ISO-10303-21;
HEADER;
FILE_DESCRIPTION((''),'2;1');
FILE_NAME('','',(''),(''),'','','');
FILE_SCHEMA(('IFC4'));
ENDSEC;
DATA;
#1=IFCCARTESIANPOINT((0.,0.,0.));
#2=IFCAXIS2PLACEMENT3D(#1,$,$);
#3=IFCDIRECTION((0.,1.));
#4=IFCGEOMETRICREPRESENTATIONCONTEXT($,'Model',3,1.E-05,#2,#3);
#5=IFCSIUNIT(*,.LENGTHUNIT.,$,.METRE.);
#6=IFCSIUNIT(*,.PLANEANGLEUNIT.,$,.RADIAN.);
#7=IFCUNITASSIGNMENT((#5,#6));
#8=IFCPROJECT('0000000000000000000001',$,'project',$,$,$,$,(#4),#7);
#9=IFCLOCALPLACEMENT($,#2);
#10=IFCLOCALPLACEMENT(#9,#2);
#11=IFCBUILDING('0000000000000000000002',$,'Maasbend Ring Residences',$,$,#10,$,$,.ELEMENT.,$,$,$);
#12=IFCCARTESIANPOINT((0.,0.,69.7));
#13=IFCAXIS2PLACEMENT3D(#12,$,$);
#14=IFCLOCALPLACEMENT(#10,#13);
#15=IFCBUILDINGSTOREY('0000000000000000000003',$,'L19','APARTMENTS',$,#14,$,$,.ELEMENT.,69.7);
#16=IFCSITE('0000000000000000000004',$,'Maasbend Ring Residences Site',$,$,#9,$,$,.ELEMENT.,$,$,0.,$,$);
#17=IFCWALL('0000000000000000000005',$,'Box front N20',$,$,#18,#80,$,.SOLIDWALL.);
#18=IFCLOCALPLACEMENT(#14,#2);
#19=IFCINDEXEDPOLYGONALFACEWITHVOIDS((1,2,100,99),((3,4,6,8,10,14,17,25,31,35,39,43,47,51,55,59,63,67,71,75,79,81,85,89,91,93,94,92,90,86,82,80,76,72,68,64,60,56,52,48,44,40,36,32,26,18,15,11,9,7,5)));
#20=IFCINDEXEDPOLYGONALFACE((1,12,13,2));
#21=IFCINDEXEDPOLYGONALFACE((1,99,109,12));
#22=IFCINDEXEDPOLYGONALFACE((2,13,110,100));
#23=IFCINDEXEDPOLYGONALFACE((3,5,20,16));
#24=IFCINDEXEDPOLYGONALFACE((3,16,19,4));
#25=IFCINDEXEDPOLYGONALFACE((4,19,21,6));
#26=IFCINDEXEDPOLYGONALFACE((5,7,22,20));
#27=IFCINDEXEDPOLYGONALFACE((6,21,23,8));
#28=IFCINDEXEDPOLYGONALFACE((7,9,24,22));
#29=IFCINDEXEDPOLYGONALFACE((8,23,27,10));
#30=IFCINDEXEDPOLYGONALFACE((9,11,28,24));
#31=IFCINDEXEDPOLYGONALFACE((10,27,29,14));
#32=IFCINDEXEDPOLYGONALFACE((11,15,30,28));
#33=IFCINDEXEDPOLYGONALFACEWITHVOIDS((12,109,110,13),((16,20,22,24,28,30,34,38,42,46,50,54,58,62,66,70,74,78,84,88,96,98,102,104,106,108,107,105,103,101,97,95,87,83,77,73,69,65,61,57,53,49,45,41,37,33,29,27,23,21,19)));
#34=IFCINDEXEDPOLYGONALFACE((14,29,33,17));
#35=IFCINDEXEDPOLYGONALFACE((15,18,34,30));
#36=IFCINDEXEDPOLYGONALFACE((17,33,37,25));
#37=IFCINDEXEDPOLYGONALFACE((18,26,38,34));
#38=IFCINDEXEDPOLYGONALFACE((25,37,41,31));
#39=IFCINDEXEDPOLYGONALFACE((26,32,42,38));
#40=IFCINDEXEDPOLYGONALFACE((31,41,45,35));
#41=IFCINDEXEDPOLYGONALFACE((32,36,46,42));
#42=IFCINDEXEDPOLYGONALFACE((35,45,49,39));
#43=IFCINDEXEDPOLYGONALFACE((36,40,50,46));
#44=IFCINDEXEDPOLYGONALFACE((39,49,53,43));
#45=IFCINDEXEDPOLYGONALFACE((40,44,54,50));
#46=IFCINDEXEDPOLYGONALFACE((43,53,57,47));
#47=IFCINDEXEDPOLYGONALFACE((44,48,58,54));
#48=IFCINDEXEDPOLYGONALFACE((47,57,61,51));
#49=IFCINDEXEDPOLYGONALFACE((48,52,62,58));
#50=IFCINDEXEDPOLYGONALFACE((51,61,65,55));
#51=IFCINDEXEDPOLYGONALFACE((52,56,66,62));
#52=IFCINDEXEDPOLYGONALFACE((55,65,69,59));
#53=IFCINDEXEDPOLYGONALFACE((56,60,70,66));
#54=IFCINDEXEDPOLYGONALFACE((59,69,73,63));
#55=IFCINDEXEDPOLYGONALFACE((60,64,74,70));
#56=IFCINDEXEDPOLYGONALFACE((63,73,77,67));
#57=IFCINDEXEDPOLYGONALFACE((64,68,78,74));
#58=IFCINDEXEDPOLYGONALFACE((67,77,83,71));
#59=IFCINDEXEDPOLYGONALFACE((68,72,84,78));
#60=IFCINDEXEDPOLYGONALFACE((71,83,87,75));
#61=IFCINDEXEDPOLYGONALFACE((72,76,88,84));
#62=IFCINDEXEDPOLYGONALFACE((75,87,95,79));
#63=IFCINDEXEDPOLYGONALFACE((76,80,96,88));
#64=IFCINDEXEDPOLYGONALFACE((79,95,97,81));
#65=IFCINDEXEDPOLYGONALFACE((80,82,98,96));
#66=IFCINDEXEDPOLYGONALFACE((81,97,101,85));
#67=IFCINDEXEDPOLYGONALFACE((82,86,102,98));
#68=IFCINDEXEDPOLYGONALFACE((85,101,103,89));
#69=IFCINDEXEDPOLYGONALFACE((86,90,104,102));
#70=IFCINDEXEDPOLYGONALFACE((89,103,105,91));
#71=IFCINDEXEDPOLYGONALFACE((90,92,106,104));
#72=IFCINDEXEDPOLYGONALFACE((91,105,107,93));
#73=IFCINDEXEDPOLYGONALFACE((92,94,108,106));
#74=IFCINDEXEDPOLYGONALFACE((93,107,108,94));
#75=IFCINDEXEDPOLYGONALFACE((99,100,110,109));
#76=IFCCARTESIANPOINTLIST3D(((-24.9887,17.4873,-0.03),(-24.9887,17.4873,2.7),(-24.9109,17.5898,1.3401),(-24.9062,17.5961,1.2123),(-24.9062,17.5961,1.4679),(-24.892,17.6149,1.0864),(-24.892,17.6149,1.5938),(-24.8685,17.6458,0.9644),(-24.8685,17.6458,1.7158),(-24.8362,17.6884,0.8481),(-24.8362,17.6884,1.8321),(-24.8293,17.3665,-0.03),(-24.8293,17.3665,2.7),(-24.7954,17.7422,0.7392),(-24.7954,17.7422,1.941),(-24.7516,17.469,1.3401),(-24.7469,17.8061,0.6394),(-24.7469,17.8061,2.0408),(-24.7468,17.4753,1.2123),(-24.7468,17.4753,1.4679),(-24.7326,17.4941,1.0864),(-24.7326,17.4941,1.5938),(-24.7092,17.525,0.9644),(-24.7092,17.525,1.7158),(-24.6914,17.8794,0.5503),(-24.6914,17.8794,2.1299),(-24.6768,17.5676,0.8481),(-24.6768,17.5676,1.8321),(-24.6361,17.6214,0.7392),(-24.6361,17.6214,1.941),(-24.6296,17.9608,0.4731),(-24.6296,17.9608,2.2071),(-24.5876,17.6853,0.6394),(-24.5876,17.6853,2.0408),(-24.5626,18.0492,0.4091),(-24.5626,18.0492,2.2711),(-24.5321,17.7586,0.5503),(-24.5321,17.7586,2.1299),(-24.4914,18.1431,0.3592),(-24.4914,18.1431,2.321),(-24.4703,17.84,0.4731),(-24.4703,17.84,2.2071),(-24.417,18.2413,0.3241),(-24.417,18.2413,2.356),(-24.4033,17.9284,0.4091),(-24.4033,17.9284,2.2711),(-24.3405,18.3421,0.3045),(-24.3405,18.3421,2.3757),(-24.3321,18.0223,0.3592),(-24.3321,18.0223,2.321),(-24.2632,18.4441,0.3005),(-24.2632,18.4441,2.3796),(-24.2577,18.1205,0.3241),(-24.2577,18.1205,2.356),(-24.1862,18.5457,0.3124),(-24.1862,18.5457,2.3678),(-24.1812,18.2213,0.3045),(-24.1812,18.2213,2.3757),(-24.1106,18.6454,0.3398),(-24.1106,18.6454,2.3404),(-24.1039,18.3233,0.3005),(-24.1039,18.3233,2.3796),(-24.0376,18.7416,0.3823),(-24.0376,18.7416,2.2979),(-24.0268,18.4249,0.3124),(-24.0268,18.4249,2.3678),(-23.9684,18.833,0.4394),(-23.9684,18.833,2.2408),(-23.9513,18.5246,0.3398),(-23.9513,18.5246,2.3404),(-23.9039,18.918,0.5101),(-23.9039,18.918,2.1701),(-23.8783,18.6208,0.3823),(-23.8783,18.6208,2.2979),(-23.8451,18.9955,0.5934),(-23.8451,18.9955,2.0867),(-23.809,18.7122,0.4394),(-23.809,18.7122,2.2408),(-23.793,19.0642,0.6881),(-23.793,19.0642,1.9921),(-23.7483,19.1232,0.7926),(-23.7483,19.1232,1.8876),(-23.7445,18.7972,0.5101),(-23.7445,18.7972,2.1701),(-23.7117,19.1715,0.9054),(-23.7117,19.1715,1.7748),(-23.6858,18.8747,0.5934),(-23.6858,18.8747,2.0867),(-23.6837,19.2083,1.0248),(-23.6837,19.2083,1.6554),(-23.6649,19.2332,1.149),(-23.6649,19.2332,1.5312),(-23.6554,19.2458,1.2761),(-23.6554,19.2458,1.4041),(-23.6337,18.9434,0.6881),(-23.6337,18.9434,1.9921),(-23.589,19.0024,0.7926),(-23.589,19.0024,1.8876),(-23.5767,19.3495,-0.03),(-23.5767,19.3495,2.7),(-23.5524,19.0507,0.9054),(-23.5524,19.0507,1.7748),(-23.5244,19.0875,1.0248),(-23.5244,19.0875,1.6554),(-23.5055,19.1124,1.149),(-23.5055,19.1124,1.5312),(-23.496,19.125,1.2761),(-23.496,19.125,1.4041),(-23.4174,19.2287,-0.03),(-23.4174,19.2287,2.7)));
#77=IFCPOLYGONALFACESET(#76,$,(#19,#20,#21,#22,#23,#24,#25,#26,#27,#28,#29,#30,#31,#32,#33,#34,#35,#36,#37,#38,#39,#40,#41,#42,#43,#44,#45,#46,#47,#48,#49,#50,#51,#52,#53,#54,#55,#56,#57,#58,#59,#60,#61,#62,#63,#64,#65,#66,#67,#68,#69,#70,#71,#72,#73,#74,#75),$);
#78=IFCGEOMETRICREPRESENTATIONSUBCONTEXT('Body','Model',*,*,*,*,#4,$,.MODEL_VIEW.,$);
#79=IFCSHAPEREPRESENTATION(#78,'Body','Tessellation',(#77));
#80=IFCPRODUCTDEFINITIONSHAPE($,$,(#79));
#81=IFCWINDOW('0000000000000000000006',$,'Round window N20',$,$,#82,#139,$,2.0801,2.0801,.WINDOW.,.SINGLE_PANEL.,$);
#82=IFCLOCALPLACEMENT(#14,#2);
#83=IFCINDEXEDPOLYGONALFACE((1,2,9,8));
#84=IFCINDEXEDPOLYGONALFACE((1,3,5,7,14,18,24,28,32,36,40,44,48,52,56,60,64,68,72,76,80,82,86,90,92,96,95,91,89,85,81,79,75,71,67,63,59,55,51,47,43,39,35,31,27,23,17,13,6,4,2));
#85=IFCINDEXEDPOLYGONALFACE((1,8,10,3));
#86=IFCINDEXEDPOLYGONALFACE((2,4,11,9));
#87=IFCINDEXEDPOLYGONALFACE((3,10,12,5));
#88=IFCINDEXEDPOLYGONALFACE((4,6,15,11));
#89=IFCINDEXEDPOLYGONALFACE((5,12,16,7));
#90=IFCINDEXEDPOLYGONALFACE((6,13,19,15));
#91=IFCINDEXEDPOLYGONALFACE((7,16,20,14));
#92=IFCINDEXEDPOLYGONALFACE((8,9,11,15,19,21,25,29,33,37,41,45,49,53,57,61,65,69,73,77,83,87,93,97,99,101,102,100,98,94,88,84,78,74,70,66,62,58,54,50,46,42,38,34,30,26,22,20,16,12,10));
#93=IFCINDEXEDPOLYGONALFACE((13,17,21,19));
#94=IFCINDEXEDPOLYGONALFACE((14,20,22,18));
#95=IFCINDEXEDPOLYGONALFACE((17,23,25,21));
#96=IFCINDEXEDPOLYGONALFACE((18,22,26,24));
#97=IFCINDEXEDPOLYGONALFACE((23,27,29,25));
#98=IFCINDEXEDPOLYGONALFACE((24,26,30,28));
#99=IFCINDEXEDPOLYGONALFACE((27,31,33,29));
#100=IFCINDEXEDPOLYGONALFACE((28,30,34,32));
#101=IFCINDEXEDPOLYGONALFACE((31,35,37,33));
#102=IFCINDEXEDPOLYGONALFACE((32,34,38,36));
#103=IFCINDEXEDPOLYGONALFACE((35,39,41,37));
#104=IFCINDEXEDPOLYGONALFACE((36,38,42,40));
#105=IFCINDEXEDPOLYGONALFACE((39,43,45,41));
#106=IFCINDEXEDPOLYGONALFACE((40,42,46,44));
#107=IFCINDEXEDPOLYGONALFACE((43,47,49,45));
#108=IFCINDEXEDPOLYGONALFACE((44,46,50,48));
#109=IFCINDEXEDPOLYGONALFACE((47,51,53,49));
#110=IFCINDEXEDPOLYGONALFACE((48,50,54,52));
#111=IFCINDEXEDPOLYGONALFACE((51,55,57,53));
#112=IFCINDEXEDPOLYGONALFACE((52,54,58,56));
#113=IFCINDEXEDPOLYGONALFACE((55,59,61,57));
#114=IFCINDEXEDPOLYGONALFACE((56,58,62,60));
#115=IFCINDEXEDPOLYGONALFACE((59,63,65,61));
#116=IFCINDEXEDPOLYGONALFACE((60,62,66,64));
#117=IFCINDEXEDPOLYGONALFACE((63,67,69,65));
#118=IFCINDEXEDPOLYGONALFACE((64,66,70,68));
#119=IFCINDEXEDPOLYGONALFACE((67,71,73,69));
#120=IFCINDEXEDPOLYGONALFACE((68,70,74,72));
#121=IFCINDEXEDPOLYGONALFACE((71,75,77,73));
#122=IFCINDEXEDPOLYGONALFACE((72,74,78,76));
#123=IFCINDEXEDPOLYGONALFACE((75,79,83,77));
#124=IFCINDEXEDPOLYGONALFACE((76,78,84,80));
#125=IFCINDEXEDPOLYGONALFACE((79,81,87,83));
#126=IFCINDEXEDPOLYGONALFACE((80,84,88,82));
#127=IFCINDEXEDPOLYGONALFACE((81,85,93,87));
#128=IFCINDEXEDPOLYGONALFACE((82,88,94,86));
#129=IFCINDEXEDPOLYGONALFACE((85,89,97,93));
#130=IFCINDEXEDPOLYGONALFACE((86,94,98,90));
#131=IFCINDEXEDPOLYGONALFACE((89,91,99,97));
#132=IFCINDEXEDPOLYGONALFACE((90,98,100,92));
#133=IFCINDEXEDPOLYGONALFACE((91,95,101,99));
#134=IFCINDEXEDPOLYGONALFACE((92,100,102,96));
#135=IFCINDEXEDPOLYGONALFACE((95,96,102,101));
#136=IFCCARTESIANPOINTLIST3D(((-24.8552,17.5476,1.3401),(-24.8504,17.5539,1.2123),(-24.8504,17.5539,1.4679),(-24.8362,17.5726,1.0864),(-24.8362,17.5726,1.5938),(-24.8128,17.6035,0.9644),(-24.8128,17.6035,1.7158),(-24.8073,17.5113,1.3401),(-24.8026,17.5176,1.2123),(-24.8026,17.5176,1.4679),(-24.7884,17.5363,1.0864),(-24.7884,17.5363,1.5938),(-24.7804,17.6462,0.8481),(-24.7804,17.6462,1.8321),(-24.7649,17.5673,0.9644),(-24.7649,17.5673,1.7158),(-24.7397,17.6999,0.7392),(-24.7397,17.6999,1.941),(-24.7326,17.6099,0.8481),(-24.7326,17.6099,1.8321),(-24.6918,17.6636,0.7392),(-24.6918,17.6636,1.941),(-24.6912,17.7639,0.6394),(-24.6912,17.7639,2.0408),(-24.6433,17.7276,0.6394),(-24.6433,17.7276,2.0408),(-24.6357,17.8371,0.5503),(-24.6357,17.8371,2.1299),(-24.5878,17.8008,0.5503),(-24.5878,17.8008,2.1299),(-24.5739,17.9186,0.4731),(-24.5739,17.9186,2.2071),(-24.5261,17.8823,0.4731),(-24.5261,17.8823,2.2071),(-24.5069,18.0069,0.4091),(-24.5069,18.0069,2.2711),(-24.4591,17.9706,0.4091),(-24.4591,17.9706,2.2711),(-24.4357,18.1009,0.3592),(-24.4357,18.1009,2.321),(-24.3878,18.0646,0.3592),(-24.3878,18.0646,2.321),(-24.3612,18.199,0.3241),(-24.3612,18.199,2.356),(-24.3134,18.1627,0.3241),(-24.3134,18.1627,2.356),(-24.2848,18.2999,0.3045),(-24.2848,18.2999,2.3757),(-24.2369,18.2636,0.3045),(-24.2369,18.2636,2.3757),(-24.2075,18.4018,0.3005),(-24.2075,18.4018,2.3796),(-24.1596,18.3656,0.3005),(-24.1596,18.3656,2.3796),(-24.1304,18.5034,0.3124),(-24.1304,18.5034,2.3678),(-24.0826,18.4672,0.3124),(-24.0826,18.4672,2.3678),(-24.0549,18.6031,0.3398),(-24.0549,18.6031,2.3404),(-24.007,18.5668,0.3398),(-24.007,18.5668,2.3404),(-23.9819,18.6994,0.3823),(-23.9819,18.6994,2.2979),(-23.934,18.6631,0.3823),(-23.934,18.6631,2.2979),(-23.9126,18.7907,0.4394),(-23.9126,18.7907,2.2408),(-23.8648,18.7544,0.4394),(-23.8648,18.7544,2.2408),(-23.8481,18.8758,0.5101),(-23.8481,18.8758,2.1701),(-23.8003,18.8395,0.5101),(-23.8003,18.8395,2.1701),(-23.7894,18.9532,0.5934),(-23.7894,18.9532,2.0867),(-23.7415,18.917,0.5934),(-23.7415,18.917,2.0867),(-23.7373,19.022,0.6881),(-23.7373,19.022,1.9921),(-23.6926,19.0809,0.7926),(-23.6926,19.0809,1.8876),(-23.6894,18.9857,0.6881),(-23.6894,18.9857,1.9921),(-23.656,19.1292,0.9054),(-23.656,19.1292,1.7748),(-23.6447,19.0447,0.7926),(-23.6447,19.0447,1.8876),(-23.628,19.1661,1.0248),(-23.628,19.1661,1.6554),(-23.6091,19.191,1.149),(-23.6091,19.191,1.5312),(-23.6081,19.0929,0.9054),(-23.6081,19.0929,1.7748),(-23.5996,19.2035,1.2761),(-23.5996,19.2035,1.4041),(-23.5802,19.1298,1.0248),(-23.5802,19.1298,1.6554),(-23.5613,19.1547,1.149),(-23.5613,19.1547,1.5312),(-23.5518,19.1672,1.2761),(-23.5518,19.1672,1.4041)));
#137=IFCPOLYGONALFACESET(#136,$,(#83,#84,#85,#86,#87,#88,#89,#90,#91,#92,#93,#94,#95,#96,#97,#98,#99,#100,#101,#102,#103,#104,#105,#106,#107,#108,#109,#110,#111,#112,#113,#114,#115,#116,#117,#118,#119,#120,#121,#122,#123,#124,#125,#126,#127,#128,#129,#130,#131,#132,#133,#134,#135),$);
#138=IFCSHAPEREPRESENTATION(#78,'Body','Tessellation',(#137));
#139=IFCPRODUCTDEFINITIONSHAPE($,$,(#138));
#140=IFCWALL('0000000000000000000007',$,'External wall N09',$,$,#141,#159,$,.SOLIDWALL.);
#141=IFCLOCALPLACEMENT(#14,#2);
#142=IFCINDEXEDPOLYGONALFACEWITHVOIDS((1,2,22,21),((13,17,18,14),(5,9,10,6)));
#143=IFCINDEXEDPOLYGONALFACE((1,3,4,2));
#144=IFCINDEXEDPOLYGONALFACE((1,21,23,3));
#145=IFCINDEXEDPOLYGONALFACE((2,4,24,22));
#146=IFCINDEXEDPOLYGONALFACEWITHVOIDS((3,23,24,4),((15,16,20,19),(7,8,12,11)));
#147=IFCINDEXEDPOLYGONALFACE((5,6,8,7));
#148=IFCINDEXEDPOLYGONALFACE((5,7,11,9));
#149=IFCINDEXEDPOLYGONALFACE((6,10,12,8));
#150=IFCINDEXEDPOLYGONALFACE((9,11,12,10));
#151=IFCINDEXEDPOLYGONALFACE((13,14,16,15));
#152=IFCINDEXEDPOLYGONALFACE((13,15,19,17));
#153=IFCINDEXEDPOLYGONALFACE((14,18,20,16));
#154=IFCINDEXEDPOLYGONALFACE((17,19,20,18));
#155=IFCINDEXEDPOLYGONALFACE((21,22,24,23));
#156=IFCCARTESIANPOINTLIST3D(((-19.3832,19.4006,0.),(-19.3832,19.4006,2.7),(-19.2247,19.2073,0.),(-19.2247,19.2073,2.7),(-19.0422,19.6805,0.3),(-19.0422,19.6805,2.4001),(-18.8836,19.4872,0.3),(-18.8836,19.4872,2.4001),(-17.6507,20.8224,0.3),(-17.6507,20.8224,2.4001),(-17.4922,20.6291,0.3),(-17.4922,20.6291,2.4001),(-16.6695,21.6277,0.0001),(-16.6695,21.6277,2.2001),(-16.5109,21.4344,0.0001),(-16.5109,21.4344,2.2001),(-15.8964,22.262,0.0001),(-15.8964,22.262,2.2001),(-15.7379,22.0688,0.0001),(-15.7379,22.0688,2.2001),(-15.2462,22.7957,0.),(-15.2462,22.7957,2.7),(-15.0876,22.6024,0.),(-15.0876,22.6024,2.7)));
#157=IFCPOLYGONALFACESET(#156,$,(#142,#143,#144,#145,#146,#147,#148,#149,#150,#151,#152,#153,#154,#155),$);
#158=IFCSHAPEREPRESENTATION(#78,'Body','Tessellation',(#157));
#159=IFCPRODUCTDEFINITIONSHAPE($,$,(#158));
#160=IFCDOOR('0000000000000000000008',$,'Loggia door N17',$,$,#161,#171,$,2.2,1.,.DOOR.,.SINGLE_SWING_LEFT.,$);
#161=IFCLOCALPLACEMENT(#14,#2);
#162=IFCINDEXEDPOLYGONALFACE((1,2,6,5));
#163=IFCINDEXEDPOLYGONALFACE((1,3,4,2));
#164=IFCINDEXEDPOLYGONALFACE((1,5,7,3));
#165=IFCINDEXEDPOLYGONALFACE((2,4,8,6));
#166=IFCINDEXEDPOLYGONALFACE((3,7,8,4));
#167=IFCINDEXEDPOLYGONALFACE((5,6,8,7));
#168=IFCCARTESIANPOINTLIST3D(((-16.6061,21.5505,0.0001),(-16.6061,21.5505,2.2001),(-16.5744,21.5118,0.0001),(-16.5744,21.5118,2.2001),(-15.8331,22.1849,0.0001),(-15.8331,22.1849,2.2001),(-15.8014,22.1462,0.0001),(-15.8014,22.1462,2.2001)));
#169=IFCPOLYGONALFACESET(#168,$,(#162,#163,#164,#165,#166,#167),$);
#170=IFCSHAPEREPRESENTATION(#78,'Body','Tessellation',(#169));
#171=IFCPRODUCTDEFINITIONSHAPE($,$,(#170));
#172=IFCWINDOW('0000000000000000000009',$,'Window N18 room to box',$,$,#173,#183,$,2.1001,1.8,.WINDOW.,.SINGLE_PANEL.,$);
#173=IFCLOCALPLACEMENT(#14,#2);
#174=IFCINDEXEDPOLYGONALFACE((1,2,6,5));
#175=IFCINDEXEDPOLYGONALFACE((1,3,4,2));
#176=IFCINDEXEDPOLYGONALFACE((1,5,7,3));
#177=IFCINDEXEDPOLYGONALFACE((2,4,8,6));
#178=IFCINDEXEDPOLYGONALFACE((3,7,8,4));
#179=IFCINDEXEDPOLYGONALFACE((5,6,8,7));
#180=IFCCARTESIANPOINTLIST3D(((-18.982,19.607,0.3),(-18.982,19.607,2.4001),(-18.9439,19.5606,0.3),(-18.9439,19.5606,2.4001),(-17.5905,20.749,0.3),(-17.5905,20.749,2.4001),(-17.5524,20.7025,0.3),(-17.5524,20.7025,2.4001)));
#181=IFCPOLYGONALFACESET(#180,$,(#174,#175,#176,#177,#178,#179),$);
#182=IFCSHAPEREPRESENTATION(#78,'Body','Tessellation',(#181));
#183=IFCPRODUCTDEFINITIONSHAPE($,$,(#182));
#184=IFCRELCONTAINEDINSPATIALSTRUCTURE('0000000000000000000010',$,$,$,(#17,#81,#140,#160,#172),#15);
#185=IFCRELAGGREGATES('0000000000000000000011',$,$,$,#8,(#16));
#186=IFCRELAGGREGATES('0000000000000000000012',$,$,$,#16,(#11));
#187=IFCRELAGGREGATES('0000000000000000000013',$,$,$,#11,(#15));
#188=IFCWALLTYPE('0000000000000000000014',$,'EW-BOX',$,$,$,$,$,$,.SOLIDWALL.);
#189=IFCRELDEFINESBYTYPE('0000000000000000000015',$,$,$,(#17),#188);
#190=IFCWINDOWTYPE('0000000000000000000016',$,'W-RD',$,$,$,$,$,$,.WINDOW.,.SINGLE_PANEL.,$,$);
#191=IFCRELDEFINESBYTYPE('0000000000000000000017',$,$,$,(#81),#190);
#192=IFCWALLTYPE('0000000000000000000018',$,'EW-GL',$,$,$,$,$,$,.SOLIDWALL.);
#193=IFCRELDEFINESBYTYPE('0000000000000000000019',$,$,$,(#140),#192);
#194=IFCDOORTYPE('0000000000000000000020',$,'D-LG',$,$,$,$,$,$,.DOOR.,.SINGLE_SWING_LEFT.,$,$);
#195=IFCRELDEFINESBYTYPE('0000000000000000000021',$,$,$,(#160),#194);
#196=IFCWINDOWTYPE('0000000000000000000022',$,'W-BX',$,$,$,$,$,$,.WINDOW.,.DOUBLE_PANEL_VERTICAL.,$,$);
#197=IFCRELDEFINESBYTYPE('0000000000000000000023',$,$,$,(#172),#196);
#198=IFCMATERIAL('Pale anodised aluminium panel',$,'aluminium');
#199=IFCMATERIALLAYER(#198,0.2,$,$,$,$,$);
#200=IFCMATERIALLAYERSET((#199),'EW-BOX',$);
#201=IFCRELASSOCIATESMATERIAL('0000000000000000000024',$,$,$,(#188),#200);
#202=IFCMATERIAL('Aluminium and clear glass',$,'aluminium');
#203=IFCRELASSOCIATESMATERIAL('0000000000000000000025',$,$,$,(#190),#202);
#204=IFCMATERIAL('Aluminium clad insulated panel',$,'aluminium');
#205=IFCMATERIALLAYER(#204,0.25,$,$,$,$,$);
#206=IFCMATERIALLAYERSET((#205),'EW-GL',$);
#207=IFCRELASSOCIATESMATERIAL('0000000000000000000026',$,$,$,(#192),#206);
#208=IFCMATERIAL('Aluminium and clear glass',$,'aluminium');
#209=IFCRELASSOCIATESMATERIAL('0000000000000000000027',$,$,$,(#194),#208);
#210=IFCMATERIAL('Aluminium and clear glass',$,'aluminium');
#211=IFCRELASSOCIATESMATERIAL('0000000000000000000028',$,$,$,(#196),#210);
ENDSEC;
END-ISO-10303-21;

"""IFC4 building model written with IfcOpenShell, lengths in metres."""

from ifc_helpers import new_model, si_unit, direction, frame, frame_2d, origin, place, context, subcontext, project, spatial, rectangle, circle, extrude, material, layer, layer_set, type_object, element, fill, save


model = new_model("IFC4")

# Units and contexts
model_context = context("Model", 3, precision=1e-05, world=origin(), true_north=direction((0.0, 1.0)))
body_context = subcontext(model_context, "Body", "Model", "MODEL_VIEW")
ifc_project = project(units=[si_unit("LENGTHUNIT", "METRE"), si_unit("PLANEANGLEUNIT", "RADIAN")], contexts=[model_context])

# Site, building, storey
site_placement = place(None, origin())
site = spatial("IfcSite", under=ifc_project, at=site_placement, Name="Maasbend Ring Residences Site", CompositionType="ELEMENT", RefElevation=0.0)
building_placement = place(site_placement, origin())
building = spatial("IfcBuilding", under=site, at=building_placement, Name="Maasbend Ring Residences", CompositionType="ELEMENT")
storey_placement = place(building_placement, frame((0.0, 0.0, 69.7)))
storey = spatial("IfcBuildingStorey", under=building, at=storey_placement, Name="L19", Description="APARTMENTS", CompositionType="ELEMENT", Elevation=69.7)

# Shared definitions
ifc_material_1 = material(Name="Pale anodised aluminium panel", Category="aluminium")
ifc_layer_1 = layer(ifc_material_1, 0.2)
ifc_layer_set_1 = layer_set([ifc_layer_1], Name="EW-BOX")
wall_type_1 = type_object("IfcWallType", Name="EW-BOX", PredefinedType="SOLIDWALL", material=ifc_layer_set_1)
ifc_material_2 = material(Name="Aluminium and clear glass", Category="aluminium")
window_type_1 = type_object("IfcWindowType", Name="W-RD", PartitioningType="SINGLE_PANEL", PredefinedType="WINDOW", material=ifc_material_2)

# Wall, opening, window
wall_1_placement = place(storey_placement, frame((-23.4971, 19.2891, -0.03), z_axis=(0.0, 0.0, 1.0), x_axis=(-0.604188, -0.796842, 0.0)))
wall_1 = element("IfcWall", 1, at=wall_1_placement, inside=storey, type_object=wall_type_1, Name="Box front N20", PredefinedType="SOLIDWALL", context=body_context, shape_type="SweptSolid", body=[
    extrude(rectangle(XDim=2.3369, YDim=0.2, at=frame_2d((1.1685, 0.0))), origin(), (0.0, 0.0, 1.0), 2.73),
])
opening_1_placement = place(wall_1_placement, frame((0.1282, 0.0, 0.3301)))
opening_1 = element("IfcOpeningElement", 2, at=opening_1_placement, cuts=wall_1, PredefinedType="OPENING", context=body_context, shape_type="SweptSolid", body=[
    extrude(circle(Radius=1.04, at=frame_2d((1.04, 1.04))), frame((0.0, 0.1099, 0.0), z_axis=(0.0, -1.0, 0.0), x_axis=(1.0, 0.0, 0.0)), (0.0, 0.0, 1.0), 0.22),
])
window_1_placement = place(opening_1_placement, origin())
window_1 = element("IfcWindow", 3, at=window_1_placement, inside=storey, type_object=window_type_1, Name="Round window N20", OverallHeight=2.0801, OverallWidth=2.0801, PartitioningType="SINGLE_PANEL", PredefinedType="WINDOW", context=body_context, shape_type="SweptSolid", body=[
    extrude(circle(Radius=1.04, at=frame_2d((1.04, 1.04))), frame((0.0, 0.03, 0.0), z_axis=(0.0, -1.0, 0.0), x_axis=(1.0, 0.0, 0.0)), (0.0, 0.0, 1.0), 0.0601),
])
fill(opening_1, window_1)

# Wall, openings, door, window
ifc_material_3 = material(Name="Aluminium clad insulated panel", Category="aluminium")
ifc_layer_2 = layer(ifc_material_3, 0.25)
ifc_layer_set_2 = layer_set([ifc_layer_2], Name="EW-GL")
wall_type_2 = type_object("IfcWallType", Name="EW-GL", PredefinedType="SOLIDWALL", material=ifc_layer_set_2)
wall_2_placement = place(storey_placement, frame((-15.167, 22.699, 0.0), z_axis=(0.0, 0.0, 1.0), x_axis=(-0.773019, -0.634382, 0.0)))
wall_2 = element("IfcWall", 4, at=wall_2_placement, inside=storey, type_object=wall_type_2, Name="External wall N09", PredefinedType="SOLIDWALL", context=body_context, shape_type="SweptSolid", body=[
    extrude(rectangle(XDim=5.3518, YDim=0.25, at=frame_2d((2.6758, 0.0))), origin(), (0.0, 0.0, 1.0), 2.7),
])
opening_2_placement = place(wall_2_placement, frame((0.8411, 0.0, 0.0)))
opening_2 = element("IfcOpeningElement", 5, at=opening_2_placement, cuts=wall_2, PredefinedType="OPENING", context=body_context, shape_type="SweptSolid", body=[
    extrude(rectangle(XDim=1.0, YDim=2.2, at=frame_2d((0.5, 1.1001))), frame((0.0, 0.135, 0.0), z_axis=(0.0, -1.0, 0.0), x_axis=(1.0, 0.0, 0.0)), (0.0, 0.0, 1.0), 0.27),
])
opening_3_placement = place(wall_2_placement, frame((3.1106, 0.0, 0.3)))
opening_3 = element("IfcOpeningElement", 6, at=opening_3_placement, cuts=wall_2, PredefinedType="OPENING", context=body_context, shape_type="SweptSolid", body=[
    extrude(rectangle(XDim=1.8, YDim=2.1001, at=frame_2d((0.8999, 1.05))), frame((0.0, 0.135, 0.0), z_axis=(0.0, -1.0, 0.0), x_axis=(1.0, 0.0, 0.0)), (0.0, 0.0, 1.0), 0.27),
])
ifc_material_4 = material(Name="Aluminium and clear glass", Category="aluminium")
door_type = type_object("IfcDoorType", Name="D-LG", OperationType="SINGLE_SWING_LEFT", PredefinedType="DOOR", material=ifc_material_4)
door_1_placement = place(opening_2_placement, origin())
door_1 = element("IfcDoor", 7, at=door_1_placement, inside=storey, type_object=door_type, Name="Loggia door N17", OperationType="SINGLE_SWING_LEFT", OverallHeight=2.2, OverallWidth=1.0, PredefinedType="DOOR", context=body_context, shape_type="SweptSolid", body=[
    extrude(rectangle(XDim=1.0, YDim=2.2, at=frame_2d((0.5, 1.1001))), frame((0.0, 0.0249, 0.0), z_axis=(0.0, -1.0, 0.0), x_axis=(1.0, 0.0, 0.0)), (0.0, 0.0, 1.0), 0.05),
])
fill(opening_2, door_1)
ifc_material_5 = material(Name="Aluminium and clear glass", Category="aluminium")
window_type_2 = type_object("IfcWindowType", Name="W-BX", PartitioningType="DOUBLE_PANEL_VERTICAL", PredefinedType="WINDOW", material=ifc_material_5)
window_2_placement = place(opening_3_placement, origin())
window_2 = element("IfcWindow", 8, at=window_2_placement, inside=storey, type_object=window_type_2, Name="Window N18 room to box", OverallHeight=2.1001, OverallWidth=1.8, PartitioningType="SINGLE_PANEL", PredefinedType="WINDOW", context=body_context, shape_type="SweptSolid", body=[
    extrude(rectangle(XDim=1.8, YDim=2.1001, at=frame_2d((0.8999, 1.05))), frame((0.0, 0.03, 0.0), z_axis=(0.0, -1.0, 0.0), x_axis=(1.0, 0.0, 0.0)), (0.0, 0.0, 1.0), 0.0601),
])
fill(opening_3, window_2)

save(model, "model.ifc")
